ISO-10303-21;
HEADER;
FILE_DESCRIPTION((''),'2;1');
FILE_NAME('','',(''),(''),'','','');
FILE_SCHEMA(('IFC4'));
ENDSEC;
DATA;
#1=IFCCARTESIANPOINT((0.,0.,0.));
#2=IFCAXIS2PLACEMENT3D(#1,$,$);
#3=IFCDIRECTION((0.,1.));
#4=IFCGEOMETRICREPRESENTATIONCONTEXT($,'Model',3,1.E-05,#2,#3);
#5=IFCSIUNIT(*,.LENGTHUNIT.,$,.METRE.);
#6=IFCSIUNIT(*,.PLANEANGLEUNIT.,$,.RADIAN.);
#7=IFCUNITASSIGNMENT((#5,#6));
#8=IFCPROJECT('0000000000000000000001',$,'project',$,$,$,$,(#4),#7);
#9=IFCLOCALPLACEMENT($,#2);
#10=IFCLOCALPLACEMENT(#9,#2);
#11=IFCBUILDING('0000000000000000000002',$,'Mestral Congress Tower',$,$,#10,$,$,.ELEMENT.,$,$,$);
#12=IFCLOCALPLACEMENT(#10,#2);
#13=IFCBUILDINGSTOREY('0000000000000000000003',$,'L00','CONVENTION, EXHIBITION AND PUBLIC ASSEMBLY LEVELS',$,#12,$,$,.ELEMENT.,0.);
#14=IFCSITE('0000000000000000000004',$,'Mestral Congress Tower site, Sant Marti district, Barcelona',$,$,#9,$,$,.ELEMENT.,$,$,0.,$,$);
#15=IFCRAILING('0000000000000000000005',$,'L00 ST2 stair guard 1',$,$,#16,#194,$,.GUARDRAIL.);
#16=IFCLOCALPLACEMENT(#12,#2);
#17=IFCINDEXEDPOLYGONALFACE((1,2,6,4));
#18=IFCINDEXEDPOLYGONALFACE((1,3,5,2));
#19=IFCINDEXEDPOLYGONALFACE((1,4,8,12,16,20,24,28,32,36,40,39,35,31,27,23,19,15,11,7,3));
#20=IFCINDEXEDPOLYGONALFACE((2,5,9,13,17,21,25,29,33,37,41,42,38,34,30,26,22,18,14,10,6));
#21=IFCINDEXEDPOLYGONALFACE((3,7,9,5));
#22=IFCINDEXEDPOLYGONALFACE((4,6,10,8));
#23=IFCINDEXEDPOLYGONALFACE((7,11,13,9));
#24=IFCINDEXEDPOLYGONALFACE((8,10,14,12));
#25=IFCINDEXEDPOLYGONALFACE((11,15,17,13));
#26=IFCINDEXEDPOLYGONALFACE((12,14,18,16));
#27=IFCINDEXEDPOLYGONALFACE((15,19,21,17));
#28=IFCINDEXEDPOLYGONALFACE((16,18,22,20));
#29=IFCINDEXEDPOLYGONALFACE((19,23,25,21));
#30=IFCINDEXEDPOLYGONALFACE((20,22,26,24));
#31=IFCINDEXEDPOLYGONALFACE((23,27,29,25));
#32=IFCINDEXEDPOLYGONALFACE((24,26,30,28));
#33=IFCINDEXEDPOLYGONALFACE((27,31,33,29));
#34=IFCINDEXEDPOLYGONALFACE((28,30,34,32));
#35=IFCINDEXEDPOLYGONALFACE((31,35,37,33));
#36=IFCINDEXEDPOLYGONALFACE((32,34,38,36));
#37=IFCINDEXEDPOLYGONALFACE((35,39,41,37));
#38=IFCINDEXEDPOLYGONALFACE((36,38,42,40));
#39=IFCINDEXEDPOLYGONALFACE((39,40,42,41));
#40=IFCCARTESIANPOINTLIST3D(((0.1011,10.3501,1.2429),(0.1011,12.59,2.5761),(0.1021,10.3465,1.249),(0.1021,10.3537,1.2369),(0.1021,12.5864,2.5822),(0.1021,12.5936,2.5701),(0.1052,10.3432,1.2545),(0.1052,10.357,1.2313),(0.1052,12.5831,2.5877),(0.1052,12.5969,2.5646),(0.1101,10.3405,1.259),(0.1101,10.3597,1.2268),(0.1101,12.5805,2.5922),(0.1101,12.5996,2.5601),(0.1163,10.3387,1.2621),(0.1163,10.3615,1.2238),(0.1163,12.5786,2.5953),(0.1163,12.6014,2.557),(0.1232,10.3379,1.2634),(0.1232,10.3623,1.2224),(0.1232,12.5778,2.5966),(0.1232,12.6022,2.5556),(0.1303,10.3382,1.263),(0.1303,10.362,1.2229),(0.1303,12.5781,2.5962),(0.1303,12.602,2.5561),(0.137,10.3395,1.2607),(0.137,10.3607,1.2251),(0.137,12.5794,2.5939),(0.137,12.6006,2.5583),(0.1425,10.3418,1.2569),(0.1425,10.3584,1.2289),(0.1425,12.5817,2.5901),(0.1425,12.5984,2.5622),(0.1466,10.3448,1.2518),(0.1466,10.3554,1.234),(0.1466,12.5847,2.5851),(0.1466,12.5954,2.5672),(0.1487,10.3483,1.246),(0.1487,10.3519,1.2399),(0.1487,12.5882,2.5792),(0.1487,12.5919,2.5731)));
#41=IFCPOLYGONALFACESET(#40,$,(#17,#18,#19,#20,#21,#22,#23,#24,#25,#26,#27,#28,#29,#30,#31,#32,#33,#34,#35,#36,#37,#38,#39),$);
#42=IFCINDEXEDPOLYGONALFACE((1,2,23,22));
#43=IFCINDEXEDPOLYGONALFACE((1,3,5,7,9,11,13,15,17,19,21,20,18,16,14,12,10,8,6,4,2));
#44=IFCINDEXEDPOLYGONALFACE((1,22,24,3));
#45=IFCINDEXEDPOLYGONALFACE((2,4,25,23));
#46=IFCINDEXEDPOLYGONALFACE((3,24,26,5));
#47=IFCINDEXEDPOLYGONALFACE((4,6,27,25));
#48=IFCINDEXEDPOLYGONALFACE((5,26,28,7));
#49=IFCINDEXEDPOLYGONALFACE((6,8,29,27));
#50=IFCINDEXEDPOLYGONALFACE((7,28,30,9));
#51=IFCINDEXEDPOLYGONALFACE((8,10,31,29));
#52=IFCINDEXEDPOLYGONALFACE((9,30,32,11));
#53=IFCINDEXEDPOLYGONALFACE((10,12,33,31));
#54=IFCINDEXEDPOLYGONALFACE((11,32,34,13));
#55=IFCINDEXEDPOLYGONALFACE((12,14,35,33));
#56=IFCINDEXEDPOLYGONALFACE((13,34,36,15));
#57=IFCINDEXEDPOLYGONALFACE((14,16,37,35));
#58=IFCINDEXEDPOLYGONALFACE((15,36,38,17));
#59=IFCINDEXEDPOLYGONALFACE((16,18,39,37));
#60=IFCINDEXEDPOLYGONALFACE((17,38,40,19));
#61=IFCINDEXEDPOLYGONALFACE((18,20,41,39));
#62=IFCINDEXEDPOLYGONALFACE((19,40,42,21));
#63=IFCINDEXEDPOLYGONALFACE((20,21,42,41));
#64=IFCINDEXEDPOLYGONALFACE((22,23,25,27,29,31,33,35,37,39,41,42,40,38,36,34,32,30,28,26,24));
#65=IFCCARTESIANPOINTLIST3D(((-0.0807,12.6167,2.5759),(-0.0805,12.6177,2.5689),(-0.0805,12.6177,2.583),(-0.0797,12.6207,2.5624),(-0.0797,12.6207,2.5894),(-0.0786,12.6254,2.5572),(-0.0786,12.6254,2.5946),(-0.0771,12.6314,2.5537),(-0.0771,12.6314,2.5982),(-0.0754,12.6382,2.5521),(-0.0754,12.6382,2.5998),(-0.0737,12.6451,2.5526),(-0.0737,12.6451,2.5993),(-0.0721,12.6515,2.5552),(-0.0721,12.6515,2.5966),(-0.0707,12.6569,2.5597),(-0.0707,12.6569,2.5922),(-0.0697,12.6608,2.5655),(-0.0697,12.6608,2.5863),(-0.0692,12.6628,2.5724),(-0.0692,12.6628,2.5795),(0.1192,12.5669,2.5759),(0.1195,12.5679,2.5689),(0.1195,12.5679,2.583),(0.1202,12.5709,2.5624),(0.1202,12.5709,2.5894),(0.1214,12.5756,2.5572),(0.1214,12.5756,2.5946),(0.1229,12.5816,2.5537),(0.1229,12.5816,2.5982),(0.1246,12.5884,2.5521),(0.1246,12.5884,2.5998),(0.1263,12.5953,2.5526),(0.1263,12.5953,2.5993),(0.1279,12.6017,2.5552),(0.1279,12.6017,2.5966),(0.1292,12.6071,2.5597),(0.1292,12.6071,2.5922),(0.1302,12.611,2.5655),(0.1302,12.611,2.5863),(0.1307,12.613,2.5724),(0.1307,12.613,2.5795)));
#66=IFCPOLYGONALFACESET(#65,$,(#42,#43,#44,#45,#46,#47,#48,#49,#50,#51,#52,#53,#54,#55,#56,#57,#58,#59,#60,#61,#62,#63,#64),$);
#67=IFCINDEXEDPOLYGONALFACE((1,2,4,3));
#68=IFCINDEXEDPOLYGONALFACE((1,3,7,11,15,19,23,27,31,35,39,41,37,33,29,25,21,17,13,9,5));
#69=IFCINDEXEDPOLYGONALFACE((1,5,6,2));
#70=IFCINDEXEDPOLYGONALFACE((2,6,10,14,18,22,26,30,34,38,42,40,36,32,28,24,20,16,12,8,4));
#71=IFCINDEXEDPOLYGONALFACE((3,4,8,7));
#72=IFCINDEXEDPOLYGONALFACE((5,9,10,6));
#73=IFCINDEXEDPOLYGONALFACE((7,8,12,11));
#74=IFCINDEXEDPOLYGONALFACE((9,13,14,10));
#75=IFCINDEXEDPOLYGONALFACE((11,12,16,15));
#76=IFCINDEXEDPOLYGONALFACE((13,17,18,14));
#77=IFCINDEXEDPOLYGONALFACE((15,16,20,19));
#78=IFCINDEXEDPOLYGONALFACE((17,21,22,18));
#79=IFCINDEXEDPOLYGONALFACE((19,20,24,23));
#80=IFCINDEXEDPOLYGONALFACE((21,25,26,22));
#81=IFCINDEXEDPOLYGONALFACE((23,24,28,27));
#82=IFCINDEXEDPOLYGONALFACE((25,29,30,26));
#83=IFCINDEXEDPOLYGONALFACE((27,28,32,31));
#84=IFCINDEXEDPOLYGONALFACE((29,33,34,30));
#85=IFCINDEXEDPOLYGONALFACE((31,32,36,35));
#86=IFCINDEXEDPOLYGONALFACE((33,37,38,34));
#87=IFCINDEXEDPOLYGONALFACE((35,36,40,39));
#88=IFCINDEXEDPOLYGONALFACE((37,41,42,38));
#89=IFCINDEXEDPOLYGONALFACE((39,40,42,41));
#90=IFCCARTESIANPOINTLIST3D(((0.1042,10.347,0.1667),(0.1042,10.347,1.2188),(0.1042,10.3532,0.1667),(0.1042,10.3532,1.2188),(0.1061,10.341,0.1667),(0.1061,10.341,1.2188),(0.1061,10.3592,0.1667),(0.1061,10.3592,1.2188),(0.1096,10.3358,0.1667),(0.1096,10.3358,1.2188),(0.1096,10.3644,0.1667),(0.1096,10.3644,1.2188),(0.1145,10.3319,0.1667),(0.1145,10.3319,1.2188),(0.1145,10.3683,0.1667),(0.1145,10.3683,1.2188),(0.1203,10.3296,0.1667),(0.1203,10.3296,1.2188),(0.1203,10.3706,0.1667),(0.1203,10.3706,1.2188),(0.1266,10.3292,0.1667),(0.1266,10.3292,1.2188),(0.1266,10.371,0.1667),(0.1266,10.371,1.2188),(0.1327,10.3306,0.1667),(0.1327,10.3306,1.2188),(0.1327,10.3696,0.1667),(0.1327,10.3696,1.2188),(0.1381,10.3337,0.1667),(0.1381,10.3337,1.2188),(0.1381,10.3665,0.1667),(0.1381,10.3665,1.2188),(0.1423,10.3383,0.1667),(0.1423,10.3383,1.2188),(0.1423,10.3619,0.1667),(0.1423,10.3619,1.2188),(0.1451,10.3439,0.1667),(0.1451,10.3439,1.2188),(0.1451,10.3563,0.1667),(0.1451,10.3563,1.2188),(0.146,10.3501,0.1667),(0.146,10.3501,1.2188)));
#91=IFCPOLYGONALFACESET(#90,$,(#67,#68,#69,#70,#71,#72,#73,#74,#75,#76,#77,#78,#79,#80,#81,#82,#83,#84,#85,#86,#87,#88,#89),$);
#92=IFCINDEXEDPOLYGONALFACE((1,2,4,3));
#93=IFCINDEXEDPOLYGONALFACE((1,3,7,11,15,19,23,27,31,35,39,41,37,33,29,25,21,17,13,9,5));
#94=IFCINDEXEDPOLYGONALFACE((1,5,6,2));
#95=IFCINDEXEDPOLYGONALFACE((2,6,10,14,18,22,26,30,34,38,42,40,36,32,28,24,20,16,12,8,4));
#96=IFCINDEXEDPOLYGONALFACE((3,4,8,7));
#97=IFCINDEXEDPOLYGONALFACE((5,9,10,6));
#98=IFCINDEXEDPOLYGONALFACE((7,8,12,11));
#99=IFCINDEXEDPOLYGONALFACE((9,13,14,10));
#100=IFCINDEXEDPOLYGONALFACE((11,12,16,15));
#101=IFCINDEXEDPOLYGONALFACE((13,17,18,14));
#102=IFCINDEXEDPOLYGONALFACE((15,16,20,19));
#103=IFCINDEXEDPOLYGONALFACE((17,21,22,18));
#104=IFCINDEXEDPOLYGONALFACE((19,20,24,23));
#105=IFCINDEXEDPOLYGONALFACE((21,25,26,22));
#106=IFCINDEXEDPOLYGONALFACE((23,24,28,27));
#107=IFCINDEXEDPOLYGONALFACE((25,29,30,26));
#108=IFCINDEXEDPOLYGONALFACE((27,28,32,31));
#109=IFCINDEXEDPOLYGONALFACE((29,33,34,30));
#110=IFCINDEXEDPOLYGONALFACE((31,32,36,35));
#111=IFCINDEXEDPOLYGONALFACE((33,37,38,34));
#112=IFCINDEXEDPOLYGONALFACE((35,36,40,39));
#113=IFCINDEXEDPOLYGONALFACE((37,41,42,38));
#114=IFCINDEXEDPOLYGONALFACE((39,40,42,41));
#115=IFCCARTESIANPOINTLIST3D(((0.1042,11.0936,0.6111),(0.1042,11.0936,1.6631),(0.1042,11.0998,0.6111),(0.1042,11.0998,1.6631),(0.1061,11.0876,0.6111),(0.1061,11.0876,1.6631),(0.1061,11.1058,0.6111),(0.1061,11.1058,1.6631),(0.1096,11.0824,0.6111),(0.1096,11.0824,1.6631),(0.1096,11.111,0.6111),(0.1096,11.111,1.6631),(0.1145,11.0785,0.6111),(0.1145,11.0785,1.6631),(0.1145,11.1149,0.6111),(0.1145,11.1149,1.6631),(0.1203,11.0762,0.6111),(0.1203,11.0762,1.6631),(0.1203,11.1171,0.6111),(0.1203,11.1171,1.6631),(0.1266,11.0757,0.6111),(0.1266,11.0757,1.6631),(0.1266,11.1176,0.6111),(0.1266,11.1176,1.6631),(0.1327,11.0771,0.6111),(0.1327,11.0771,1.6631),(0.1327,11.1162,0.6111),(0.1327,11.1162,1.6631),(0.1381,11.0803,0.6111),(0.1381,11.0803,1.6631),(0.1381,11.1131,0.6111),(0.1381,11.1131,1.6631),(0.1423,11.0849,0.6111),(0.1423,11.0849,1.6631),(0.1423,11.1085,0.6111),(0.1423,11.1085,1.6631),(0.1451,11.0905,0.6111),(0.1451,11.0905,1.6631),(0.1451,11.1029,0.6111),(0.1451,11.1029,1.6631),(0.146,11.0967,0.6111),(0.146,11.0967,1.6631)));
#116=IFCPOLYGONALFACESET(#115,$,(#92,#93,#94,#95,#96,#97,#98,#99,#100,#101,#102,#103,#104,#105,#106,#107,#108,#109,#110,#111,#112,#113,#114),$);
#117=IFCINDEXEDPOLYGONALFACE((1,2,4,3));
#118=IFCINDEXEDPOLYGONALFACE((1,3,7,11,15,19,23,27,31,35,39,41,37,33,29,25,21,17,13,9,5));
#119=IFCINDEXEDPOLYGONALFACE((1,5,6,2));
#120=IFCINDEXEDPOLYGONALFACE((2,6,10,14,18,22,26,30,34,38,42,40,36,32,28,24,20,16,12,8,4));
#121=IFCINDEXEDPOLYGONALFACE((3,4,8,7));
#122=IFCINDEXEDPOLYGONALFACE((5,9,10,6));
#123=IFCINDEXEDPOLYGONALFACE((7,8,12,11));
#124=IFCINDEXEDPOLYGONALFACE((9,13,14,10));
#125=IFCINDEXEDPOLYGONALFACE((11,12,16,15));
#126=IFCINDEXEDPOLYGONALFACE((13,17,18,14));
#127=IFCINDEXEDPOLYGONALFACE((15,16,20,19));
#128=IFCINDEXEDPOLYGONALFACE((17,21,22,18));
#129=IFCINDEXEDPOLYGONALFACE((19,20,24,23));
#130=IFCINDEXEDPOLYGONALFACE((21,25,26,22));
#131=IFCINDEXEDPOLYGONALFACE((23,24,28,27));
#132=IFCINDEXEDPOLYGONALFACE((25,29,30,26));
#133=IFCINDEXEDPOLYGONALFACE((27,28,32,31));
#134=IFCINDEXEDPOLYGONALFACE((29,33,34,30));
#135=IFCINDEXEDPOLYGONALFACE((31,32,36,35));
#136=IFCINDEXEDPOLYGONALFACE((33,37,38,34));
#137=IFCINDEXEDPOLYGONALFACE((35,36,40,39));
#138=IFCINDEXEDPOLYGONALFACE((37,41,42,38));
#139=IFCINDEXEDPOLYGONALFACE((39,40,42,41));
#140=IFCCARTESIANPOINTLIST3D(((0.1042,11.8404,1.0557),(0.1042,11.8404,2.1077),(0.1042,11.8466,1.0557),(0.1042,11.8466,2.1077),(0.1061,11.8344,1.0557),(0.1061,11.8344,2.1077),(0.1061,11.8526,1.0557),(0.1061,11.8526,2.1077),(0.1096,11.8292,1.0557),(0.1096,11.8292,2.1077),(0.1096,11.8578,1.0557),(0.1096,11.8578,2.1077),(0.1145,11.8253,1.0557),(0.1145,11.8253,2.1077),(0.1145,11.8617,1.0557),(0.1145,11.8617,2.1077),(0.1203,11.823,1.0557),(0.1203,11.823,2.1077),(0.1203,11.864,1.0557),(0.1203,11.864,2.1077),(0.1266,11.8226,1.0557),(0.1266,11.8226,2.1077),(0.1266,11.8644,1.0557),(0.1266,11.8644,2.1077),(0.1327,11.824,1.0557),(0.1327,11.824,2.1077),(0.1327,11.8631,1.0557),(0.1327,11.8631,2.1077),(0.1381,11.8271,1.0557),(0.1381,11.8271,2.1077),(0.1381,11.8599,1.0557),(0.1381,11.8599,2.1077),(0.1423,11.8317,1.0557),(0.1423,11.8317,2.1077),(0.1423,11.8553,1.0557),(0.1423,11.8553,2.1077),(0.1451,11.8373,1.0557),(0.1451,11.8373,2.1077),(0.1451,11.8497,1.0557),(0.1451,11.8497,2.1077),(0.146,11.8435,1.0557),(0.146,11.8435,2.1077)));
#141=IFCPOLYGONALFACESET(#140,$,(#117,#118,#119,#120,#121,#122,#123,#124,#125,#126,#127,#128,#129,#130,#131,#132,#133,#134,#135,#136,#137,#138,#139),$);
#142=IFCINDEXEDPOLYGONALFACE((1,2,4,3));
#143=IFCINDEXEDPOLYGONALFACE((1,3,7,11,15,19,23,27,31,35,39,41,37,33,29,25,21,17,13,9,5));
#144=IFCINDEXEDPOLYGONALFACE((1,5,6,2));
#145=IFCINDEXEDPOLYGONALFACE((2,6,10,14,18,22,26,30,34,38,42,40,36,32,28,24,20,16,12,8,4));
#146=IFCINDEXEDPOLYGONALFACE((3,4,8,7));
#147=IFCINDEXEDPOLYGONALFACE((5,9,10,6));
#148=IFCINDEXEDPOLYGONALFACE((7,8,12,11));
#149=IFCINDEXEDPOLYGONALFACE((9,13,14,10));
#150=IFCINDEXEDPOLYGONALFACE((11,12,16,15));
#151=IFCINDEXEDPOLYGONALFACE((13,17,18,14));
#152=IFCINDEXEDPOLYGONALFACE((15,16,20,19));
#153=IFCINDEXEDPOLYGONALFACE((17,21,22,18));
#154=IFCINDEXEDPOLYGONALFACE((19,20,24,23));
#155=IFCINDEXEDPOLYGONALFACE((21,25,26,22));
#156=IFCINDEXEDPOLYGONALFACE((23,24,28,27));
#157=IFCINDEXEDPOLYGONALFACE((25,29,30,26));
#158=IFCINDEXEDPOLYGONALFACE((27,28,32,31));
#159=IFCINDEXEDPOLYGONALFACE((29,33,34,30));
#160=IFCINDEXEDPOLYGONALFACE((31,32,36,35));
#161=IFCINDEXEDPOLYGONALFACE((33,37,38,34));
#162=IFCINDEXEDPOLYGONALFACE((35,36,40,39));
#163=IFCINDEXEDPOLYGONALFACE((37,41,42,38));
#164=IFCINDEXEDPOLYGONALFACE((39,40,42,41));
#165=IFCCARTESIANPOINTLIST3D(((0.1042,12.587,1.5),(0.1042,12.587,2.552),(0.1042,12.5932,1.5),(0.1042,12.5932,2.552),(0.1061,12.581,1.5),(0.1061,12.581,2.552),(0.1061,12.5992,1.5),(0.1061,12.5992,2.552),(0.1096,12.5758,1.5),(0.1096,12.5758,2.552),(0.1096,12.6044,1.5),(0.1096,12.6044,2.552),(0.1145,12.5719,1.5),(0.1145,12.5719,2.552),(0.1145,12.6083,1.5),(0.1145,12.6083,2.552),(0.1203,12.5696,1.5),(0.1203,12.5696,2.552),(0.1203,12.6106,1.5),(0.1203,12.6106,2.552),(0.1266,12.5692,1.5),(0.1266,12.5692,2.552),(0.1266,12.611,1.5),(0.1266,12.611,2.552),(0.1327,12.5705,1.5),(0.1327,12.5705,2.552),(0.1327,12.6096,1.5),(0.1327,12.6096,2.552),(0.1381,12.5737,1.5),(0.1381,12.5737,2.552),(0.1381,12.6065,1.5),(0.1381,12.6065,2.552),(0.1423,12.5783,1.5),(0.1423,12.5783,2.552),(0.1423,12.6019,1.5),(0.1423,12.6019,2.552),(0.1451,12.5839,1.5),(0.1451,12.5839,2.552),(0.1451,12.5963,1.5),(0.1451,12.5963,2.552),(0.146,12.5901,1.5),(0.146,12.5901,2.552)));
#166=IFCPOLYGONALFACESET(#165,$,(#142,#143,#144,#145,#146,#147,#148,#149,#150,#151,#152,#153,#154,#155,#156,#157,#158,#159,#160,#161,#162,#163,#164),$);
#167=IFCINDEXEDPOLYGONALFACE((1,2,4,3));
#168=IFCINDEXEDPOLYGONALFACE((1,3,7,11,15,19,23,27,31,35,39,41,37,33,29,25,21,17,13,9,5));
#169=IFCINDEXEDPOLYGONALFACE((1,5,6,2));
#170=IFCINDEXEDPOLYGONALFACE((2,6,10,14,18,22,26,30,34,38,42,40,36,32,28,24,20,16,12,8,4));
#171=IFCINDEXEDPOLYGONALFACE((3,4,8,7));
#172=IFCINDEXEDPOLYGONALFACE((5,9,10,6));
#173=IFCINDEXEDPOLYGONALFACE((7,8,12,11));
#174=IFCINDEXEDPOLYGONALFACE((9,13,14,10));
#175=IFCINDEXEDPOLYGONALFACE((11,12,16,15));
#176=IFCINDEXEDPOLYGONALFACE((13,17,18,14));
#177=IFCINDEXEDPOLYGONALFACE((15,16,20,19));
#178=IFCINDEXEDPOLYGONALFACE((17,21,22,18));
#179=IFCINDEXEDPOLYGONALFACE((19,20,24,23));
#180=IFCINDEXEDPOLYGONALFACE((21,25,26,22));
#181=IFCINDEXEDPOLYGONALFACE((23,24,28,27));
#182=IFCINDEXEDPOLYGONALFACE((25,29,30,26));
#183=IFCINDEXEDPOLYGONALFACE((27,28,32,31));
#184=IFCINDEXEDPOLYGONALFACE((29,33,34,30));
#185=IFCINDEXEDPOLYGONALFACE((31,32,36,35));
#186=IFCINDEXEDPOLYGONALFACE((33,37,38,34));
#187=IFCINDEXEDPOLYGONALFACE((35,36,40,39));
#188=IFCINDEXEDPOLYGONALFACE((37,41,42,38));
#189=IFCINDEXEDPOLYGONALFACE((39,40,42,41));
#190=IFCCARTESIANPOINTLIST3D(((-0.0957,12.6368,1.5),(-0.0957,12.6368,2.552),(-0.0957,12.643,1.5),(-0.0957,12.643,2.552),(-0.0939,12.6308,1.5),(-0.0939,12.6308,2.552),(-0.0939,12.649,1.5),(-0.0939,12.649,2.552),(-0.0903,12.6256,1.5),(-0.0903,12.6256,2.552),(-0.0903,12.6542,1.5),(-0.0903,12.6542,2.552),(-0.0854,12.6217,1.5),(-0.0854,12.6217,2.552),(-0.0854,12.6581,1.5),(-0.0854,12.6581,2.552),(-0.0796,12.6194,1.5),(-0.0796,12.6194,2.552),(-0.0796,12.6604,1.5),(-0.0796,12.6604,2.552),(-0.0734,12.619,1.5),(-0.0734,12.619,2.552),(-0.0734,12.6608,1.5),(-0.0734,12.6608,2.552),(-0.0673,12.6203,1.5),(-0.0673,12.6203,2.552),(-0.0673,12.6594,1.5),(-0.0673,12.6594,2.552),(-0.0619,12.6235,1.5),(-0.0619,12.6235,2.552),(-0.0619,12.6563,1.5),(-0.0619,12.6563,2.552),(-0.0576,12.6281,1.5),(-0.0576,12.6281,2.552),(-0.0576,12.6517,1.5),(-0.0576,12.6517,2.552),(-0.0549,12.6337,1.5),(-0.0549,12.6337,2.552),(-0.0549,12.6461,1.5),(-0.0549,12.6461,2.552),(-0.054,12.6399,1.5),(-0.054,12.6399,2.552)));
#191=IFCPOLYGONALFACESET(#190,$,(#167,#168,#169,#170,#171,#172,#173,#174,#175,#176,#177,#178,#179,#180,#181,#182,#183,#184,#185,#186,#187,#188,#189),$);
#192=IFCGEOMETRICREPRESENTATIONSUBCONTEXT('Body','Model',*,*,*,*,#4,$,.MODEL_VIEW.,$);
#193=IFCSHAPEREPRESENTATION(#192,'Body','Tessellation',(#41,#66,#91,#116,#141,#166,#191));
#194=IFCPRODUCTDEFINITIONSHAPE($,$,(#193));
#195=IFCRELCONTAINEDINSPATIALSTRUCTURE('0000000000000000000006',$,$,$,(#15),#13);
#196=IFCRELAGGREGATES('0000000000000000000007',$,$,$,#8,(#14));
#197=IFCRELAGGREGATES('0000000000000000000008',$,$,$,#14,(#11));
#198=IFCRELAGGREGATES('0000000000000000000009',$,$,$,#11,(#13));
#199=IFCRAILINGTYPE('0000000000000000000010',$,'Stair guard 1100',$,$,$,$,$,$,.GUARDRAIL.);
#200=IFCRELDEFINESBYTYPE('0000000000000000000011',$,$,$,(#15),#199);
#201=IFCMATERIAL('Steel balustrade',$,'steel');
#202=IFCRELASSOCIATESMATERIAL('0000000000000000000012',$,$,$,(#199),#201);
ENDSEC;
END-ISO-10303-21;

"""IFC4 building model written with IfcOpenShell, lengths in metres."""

from ifc_helpers import new_model, si_unit, direction, frame, origin, origin_2d, place, context, subcontext, project, spatial, circle, extrude, material, type_object, element, save


model = new_model("IFC4")

# Units and contexts
model_context = context("Model", 3, precision=1e-05, world=origin(), true_north=direction((0.0, 1.0)))
body_context = subcontext(model_context, "Body", "Model", "MODEL_VIEW")
ifc_project = project(units=[si_unit("LENGTHUNIT", "METRE"), si_unit("PLANEANGLEUNIT", "RADIAN")], contexts=[model_context])

# Site, building, storey
site_placement = place(None, origin())
site = spatial("IfcSite", under=ifc_project, at=site_placement, Name="Mestral Congress Tower site, Sant Marti district, Barcelona", CompositionType="ELEMENT", RefElevation=0.0)
building_placement = place(site_placement, origin())
building = spatial("IfcBuilding", under=site, at=building_placement, Name="Mestral Congress Tower", CompositionType="ELEMENT")
storey_placement = place(building_placement, origin())
storey = spatial("IfcBuildingStorey", under=building, at=storey_placement, Name="L00", Description="CONVENTION, EXHIBITION AND PUBLIC ASSEMBLY LEVELS", CompositionType="ELEMENT", Elevation=0.0)

# Railing
ifc_material_1 = material(Name="Steel balustrade", Category="steel")
railing_type_1 = type_object("IfcRailingType", Name="Stair guard 1100", PredefinedType="GUARDRAIL", material=ifc_material_1)
for number, where, name in (
    (1, (0.125, 10.3501, 0.1667), "L00 ST2 stair guard 1"),
):
    element("IfcRailing", number, at=place(storey_placement, frame(where)), inside=storey, type_object=railing_type_1, Name=name, PredefinedType="GUARDRAIL", context=body_context, shape_type="SweptSolid", body=[
        extrude(circle(Radius=0.0239, at=origin_2d()), frame((0.0, 0.0, 1.0762), z_axis=(0.0, 0.859306, 0.511462), x_axis=(-1.0, 0.0, 0.0)), (0.0, 0.0, 1.0), 2.6067),
        extrude(circle(Radius=0.0239, at=origin_2d()), frame((0.0, 2.24, 2.4092), z_axis=(-0.970351, 0.241699, 0.0), x_axis=(-0.241699, -0.970351, 0.0)), (0.0, 0.0, 1.0), 0.2061),
        extrude(circle(Radius=0.021, at=origin_2d()), origin(), (0.0, 0.0, 1.0), 1.052),
        extrude(circle(Radius=0.021, at=origin_2d()), frame((0.0, 0.7466, 0.4443)), (0.0, 0.0, 1.0), 1.052),
        extrude(circle(Radius=0.021, at=origin_2d()), frame((0.0, 1.4934, 0.8889)), (0.0, 0.0, 1.0), 1.052),
        extrude(circle(Radius=0.021, at=origin_2d()), frame((0.0, 2.24, 1.3333)), (0.0, 0.0, 1.0), 1.052),
        extrude(circle(Radius=0.021, at=origin_2d()), frame((-0.2, 2.2898, 1.3333)), (0.0, 0.0, 1.0), 1.052),
    ])

save(model, "model.ifc")
